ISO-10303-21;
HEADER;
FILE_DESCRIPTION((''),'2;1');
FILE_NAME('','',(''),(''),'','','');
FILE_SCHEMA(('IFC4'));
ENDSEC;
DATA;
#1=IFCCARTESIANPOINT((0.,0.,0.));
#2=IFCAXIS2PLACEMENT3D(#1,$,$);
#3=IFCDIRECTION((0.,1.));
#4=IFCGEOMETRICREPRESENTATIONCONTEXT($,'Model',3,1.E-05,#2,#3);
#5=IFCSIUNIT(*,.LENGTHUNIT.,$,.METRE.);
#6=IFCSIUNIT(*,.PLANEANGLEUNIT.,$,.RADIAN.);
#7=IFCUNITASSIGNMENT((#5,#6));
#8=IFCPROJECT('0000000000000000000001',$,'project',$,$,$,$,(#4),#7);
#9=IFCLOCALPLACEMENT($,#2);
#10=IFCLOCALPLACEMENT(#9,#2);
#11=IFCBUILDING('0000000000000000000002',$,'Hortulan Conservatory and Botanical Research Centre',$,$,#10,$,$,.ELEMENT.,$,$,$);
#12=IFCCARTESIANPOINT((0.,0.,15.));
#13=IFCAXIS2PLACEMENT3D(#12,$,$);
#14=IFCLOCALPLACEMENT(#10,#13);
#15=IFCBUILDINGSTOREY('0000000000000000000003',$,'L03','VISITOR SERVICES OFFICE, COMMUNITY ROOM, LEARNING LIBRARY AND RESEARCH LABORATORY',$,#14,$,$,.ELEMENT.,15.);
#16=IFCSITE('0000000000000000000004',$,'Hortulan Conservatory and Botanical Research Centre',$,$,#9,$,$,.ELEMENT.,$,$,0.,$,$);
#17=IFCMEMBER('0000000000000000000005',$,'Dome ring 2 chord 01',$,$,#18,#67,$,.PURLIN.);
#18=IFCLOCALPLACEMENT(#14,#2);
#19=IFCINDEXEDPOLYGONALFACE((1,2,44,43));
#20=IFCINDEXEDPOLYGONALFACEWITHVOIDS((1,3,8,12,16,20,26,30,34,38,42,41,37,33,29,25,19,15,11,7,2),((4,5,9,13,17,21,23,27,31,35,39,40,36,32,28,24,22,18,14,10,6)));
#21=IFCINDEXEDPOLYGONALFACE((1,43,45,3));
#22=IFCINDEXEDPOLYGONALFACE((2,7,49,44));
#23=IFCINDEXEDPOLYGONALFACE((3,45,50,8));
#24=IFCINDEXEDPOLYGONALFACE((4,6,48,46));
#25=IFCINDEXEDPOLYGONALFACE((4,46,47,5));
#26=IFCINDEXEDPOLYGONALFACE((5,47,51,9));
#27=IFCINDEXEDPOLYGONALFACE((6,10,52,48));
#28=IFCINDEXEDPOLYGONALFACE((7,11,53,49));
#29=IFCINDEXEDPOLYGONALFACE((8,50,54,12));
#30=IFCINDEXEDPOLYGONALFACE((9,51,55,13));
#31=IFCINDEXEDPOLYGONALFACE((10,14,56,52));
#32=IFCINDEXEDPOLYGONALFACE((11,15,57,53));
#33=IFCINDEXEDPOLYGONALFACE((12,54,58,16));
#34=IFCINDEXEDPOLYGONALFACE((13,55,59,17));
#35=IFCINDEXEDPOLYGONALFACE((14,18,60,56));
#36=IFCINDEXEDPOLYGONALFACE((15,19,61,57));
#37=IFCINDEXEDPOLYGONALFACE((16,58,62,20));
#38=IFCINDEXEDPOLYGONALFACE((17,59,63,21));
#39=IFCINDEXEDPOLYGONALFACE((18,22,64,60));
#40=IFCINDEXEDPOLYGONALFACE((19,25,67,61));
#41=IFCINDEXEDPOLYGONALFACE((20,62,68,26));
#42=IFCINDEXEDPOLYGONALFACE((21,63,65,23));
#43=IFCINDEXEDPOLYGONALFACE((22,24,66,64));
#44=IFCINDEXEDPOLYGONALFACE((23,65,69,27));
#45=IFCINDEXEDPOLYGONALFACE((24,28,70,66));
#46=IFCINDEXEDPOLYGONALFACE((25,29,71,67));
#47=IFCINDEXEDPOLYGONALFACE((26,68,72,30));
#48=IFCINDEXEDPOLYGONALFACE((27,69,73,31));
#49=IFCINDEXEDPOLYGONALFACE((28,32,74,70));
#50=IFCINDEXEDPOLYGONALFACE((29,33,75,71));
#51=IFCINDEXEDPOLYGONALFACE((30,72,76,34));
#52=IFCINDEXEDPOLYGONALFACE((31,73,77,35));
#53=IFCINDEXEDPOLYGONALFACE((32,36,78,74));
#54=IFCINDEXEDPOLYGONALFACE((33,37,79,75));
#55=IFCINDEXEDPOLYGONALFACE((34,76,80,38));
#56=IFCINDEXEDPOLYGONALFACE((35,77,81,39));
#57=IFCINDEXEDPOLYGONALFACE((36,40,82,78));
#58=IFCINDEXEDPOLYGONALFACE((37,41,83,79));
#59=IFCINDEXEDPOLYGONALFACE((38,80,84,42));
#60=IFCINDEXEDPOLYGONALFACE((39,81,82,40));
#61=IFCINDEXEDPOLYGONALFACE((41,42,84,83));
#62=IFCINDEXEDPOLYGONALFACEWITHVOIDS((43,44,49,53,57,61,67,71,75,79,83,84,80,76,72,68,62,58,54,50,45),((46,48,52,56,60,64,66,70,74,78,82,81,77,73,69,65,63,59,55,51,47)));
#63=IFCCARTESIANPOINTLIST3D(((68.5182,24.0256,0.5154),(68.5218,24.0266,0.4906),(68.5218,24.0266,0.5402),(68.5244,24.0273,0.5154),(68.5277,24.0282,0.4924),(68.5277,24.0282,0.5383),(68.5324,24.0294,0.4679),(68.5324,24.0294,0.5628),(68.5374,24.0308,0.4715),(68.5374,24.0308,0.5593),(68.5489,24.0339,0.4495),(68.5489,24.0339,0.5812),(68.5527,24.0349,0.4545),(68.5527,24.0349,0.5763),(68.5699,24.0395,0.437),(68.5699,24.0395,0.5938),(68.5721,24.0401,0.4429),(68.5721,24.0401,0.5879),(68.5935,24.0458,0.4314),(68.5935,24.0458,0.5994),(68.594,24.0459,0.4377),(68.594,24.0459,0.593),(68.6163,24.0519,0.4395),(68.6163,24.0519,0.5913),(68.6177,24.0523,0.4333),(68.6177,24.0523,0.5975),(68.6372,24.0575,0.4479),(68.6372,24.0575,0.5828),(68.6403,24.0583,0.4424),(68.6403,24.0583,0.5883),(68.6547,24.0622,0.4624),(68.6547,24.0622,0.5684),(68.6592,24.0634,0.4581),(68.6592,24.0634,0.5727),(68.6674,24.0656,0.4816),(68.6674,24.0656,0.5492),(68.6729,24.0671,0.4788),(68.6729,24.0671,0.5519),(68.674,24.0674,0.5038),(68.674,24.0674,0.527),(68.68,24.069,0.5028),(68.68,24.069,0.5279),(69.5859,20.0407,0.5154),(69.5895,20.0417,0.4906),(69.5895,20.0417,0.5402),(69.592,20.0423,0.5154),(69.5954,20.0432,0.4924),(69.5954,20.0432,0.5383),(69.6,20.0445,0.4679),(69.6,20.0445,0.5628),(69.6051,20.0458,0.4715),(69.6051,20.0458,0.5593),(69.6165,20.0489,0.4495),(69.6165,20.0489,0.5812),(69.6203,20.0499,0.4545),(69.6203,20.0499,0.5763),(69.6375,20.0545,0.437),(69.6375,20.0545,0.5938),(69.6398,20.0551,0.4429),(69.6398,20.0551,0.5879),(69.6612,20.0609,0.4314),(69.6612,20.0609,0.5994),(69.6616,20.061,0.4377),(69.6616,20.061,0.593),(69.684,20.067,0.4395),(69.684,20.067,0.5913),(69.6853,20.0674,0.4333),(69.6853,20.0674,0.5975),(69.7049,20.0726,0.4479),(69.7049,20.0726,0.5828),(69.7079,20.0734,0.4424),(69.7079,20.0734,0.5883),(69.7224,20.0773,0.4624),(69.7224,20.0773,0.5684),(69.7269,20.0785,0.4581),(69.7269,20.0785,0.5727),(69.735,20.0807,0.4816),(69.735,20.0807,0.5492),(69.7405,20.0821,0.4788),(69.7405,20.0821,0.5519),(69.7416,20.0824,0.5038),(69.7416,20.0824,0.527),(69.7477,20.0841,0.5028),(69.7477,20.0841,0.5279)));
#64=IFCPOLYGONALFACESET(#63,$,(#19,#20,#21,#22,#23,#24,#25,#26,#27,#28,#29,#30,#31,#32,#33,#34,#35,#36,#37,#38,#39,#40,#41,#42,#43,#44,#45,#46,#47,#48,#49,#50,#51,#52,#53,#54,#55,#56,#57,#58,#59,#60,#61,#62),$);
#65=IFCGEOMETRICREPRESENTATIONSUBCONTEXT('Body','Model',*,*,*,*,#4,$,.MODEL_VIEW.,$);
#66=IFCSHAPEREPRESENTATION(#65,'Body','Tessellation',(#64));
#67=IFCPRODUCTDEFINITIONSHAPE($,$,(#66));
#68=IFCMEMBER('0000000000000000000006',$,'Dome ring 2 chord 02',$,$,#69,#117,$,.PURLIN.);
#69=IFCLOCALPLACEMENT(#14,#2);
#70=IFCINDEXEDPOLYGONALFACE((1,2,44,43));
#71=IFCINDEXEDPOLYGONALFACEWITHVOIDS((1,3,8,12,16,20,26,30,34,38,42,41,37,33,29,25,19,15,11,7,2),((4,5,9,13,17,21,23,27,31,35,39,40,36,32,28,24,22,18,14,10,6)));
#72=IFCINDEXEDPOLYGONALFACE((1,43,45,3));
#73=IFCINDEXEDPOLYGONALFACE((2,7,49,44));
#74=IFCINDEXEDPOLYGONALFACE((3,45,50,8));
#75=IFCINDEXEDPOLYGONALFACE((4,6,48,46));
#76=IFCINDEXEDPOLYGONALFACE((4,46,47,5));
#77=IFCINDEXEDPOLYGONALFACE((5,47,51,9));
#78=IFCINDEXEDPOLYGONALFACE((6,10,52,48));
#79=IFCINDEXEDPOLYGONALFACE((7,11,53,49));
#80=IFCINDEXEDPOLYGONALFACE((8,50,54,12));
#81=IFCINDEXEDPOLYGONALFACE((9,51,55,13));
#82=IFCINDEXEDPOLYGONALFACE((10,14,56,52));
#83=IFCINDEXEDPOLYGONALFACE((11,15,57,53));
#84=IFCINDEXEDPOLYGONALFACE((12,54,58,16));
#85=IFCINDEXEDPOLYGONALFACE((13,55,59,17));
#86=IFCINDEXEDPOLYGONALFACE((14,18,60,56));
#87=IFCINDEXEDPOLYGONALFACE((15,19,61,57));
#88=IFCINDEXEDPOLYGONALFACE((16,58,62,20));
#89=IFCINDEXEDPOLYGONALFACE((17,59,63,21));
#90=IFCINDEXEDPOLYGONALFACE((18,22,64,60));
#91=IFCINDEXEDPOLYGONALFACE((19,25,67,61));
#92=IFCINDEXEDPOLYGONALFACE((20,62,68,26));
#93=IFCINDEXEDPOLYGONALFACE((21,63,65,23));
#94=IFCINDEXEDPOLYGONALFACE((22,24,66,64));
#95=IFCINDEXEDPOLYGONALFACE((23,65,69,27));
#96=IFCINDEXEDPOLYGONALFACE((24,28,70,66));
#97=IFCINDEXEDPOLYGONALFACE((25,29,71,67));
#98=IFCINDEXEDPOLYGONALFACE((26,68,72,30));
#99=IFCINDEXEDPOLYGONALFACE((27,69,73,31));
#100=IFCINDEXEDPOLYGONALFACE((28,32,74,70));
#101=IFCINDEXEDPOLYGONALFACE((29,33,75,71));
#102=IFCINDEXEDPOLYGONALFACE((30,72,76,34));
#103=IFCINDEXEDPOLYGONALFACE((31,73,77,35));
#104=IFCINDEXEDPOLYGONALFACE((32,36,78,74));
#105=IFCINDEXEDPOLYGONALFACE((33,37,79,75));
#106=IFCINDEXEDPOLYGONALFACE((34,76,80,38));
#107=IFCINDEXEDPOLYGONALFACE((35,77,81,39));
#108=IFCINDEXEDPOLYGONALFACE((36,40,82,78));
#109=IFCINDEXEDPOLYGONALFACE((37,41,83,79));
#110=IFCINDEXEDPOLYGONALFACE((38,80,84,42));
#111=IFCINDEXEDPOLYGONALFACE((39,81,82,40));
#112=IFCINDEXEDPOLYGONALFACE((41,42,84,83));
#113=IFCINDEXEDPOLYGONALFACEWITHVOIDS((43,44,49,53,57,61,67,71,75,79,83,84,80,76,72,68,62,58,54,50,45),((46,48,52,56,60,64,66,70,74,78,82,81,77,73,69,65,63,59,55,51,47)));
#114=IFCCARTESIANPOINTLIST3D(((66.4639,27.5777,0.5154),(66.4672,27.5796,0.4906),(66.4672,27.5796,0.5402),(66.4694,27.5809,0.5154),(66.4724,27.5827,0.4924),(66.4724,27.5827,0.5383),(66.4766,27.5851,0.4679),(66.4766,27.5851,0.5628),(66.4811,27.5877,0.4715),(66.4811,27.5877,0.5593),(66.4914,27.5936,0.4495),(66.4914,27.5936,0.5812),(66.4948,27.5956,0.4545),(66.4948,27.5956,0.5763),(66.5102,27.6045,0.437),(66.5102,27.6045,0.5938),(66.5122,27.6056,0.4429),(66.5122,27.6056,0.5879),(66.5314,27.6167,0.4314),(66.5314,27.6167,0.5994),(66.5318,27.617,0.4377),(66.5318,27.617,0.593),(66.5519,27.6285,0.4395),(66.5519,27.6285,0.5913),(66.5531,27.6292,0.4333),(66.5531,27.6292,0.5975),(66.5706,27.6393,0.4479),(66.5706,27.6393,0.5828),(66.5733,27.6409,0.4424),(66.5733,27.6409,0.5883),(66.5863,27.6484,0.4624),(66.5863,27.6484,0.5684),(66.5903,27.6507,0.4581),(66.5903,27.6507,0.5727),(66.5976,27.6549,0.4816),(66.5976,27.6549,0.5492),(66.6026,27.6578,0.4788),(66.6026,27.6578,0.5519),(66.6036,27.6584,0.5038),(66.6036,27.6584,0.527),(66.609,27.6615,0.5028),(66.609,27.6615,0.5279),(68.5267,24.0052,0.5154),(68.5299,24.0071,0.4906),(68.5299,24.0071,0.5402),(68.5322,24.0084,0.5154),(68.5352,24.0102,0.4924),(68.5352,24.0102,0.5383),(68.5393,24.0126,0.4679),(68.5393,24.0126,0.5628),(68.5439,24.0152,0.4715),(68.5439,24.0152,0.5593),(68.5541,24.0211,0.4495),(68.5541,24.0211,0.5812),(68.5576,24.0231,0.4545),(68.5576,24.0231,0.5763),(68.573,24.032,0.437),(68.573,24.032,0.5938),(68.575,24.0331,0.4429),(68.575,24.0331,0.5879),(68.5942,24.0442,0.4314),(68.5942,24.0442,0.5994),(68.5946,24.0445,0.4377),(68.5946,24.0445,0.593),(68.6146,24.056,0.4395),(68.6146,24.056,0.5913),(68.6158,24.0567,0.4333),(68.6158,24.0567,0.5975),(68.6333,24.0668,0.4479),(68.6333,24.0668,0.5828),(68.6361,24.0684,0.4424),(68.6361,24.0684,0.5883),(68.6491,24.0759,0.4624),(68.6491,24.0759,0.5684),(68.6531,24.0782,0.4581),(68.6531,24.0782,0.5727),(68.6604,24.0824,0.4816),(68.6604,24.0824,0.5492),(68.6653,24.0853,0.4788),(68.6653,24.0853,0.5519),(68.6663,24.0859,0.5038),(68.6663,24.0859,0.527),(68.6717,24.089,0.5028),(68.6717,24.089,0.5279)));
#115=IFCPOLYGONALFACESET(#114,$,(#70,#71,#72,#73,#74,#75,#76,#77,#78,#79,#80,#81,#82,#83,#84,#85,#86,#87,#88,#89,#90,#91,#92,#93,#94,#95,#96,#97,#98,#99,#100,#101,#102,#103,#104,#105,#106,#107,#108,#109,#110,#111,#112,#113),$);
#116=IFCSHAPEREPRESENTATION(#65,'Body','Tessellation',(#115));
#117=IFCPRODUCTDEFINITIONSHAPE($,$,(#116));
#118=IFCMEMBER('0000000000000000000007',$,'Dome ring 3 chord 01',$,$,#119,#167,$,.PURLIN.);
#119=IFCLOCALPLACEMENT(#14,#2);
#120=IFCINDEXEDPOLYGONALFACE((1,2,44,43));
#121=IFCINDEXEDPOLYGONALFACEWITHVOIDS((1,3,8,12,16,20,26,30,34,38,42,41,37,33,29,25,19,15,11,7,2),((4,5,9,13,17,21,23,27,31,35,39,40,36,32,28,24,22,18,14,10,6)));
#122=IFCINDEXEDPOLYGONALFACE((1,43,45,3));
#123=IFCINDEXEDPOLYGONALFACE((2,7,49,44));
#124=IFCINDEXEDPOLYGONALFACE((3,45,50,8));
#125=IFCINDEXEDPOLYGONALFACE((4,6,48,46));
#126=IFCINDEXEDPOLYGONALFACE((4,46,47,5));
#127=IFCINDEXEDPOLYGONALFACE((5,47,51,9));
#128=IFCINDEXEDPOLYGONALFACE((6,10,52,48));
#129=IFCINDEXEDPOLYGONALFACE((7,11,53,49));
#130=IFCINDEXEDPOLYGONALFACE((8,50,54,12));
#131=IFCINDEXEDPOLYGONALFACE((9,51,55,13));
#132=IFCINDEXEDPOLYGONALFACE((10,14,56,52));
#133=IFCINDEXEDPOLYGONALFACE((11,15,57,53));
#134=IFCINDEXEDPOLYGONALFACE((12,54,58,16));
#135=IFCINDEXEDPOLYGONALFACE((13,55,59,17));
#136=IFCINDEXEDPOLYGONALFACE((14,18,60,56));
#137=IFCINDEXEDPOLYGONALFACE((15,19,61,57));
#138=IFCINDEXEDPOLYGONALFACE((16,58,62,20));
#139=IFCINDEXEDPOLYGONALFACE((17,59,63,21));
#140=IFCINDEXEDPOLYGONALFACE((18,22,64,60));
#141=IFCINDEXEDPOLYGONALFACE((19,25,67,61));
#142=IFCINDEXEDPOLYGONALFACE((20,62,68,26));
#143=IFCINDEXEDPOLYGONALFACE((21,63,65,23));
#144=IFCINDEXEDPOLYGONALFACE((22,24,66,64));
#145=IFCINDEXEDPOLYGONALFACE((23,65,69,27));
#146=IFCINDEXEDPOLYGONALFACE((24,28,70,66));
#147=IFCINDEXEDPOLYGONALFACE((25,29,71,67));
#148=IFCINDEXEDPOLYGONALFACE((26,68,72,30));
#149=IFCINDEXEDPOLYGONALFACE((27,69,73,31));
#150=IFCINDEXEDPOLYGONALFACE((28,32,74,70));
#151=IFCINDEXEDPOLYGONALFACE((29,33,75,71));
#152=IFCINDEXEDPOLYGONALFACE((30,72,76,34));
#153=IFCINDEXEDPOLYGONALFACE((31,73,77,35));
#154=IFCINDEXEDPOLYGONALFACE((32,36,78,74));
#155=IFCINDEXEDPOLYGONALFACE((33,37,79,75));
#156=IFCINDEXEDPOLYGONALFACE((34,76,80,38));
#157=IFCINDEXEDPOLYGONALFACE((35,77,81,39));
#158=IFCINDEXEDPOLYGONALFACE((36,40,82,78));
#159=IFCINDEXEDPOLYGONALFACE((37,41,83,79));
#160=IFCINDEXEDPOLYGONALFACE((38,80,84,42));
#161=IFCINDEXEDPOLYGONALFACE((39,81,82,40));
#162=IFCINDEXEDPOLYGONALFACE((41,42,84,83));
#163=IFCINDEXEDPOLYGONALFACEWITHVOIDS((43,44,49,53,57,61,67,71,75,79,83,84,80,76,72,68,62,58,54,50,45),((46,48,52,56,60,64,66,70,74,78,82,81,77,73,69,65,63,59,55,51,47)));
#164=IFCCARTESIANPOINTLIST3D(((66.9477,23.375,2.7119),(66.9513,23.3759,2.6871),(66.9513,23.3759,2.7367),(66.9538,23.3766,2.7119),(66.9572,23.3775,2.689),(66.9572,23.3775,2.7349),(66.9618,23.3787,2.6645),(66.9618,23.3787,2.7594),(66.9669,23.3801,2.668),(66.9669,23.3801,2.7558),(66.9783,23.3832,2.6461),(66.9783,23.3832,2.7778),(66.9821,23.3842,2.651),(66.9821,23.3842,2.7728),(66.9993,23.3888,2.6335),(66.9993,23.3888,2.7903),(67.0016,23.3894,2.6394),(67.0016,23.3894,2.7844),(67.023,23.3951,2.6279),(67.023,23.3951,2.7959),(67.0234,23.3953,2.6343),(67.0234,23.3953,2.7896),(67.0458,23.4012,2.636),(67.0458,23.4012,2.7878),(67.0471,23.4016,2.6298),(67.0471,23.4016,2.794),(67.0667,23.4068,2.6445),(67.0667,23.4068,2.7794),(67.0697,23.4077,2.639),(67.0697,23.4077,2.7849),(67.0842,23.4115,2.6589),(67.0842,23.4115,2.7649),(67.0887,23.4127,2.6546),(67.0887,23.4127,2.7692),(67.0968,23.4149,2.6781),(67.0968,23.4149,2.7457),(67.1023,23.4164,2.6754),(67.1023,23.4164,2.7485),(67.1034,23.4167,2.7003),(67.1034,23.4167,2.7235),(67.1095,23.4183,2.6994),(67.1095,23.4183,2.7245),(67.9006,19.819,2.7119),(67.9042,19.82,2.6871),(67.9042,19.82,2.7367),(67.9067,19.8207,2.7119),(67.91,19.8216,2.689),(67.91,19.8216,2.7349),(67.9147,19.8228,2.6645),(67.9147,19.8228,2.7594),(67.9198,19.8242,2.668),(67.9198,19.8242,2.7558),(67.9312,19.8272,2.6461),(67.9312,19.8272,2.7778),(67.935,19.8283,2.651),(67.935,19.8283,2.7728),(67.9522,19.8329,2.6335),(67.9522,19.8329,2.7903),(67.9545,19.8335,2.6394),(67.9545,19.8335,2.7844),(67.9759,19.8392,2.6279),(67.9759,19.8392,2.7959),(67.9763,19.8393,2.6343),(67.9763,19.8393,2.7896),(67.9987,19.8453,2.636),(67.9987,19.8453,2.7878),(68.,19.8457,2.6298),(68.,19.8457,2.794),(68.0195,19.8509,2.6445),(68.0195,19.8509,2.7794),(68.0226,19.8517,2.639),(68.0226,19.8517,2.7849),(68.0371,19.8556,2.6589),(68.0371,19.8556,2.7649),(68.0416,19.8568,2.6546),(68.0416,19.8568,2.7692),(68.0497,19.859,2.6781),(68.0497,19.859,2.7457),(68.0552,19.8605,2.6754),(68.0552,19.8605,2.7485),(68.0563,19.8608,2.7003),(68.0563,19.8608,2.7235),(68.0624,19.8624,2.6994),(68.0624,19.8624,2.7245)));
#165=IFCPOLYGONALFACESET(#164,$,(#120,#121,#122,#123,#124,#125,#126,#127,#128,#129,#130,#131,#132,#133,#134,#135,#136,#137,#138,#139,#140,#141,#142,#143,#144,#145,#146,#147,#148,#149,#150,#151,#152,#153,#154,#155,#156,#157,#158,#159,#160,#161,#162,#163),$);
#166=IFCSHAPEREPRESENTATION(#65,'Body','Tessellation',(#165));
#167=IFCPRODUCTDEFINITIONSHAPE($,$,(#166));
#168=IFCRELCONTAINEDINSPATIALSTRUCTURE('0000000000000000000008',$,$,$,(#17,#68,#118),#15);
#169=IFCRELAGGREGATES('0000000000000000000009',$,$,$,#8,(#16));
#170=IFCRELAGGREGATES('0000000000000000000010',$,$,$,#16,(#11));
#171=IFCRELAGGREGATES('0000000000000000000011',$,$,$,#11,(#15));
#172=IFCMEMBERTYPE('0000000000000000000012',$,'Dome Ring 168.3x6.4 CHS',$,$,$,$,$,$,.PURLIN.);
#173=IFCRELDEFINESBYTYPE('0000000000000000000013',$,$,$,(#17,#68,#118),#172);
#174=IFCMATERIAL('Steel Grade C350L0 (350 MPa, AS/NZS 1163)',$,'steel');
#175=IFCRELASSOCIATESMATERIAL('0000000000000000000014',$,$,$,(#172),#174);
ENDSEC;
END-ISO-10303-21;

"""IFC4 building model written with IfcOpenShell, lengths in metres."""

from ifc_helpers import new_model, si_unit, direction, frame, origin, origin_2d, place, context, subcontext, project, spatial, hollow_circle, extrude, material, material_profile, profile_set, type_object, element, save


model = new_model("IFC4")

# Units and contexts
model_context = context("Model", 3, precision=1e-05, world=origin(), true_north=direction((0.0, 1.0)))
body_context = subcontext(model_context, "Body", "Model", "MODEL_VIEW")
ifc_project = project(units=[si_unit("LENGTHUNIT", "METRE"), si_unit("PLANEANGLEUNIT", "RADIAN")], contexts=[model_context])

# Site, building, storey
site_placement = place(None, origin())
site = spatial("IfcSite", under=ifc_project, at=site_placement, Name="Hortulan Conservatory and Botanical Research Centre", CompositionType="ELEMENT", RefElevation=0.0)
building_placement = place(site_placement, origin())
building = spatial("IfcBuilding", under=site, at=building_placement, Name="Hortulan Conservatory and Botanical Research Centre", CompositionType="ELEMENT")
storey_placement = place(building_placement, frame((0.0, 0.0, 15.0)))
storey = spatial("IfcBuildingStorey", under=building, at=storey_placement, Name="L03", Description="VISITOR SERVICES OFFICE, COMMUNITY ROOM, LEARNING LIBRARY AND RESEARCH LABORATORY", CompositionType="ELEMENT", Elevation=15.0)

# Shared definitions
ifc_material_1 = material(Name="Steel Grade C350L0 (350 MPa, AS/NZS 1163)", Category="steel")

# Members
ifc_material_profile_1 = material_profile(ifc_material_1, hollow_circle(Radius=0.0842, WallThickness=0.0063, at=origin_2d()), Name="168.3x6.4CHS")
ifc_profile_set_1 = profile_set([ifc_material_profile_1], Name="Steel Grade C350L0 (350 MPa, AS/NZS 1163)")
member_type_1 = type_object("IfcMemberType", Name="Dome Ring 168.3x6.4 CHS", PredefinedType="PURLIN", material=ifc_profile_set_1)
member_1_placement = place(storey_placement, frame((69.6672, 20.0625, 0.5154), z_axis=(-0.258793, 0.965933, 0.0), x_axis=(-0.965933, -0.258793, 0.0)))
element("IfcMember", 1, at=member_1_placement, inside=storey, type_object=member_type_1, Name="Dome ring 2 chord 01", PredefinedType="PURLIN", context=body_context, shape_type="SweptSolid", body=[
    extrude(hollow_circle(Radius=0.0842, WallThickness=0.0063, at=origin_2d()), origin(), (0.0, 0.0, 1.0), 4.1255),
])
member_2_placement = place(storey_placement, frame((68.5996, 24.0474, 0.5154), z_axis=(-0.500028, 0.866009, 0.0), x_axis=(-0.866009, -0.500028, 0.0)))
element("IfcMember", 2, at=member_2_placement, inside=storey, type_object=member_type_1, Name="Dome ring 2 chord 02", PredefinedType="PURLIN", context=body_context, shape_type="SweptSolid", body=[
    extrude(hollow_circle(Radius=0.0842, WallThickness=0.0063, at=origin_2d()), origin(), (0.0, 0.0, 1.0), 4.1252),
])
member_3_placement = place(storey_placement, frame((67.9819, 19.8408, 2.7119), z_axis=(-0.258839, 0.965921, 0.0), x_axis=(-0.965921, -0.258839, 0.0)))
element("IfcMember", 3, at=member_3_placement, inside=storey, type_object=member_type_1, Name="Dome ring 3 chord 01", PredefinedType="PURLIN", context=body_context, shape_type="SweptSolid", body=[
    extrude(hollow_circle(Radius=0.0842, WallThickness=0.0063, at=origin_2d()), origin(), (0.0, 0.0, 1.0), 3.6814),
])

save(model, "model.ifc")
